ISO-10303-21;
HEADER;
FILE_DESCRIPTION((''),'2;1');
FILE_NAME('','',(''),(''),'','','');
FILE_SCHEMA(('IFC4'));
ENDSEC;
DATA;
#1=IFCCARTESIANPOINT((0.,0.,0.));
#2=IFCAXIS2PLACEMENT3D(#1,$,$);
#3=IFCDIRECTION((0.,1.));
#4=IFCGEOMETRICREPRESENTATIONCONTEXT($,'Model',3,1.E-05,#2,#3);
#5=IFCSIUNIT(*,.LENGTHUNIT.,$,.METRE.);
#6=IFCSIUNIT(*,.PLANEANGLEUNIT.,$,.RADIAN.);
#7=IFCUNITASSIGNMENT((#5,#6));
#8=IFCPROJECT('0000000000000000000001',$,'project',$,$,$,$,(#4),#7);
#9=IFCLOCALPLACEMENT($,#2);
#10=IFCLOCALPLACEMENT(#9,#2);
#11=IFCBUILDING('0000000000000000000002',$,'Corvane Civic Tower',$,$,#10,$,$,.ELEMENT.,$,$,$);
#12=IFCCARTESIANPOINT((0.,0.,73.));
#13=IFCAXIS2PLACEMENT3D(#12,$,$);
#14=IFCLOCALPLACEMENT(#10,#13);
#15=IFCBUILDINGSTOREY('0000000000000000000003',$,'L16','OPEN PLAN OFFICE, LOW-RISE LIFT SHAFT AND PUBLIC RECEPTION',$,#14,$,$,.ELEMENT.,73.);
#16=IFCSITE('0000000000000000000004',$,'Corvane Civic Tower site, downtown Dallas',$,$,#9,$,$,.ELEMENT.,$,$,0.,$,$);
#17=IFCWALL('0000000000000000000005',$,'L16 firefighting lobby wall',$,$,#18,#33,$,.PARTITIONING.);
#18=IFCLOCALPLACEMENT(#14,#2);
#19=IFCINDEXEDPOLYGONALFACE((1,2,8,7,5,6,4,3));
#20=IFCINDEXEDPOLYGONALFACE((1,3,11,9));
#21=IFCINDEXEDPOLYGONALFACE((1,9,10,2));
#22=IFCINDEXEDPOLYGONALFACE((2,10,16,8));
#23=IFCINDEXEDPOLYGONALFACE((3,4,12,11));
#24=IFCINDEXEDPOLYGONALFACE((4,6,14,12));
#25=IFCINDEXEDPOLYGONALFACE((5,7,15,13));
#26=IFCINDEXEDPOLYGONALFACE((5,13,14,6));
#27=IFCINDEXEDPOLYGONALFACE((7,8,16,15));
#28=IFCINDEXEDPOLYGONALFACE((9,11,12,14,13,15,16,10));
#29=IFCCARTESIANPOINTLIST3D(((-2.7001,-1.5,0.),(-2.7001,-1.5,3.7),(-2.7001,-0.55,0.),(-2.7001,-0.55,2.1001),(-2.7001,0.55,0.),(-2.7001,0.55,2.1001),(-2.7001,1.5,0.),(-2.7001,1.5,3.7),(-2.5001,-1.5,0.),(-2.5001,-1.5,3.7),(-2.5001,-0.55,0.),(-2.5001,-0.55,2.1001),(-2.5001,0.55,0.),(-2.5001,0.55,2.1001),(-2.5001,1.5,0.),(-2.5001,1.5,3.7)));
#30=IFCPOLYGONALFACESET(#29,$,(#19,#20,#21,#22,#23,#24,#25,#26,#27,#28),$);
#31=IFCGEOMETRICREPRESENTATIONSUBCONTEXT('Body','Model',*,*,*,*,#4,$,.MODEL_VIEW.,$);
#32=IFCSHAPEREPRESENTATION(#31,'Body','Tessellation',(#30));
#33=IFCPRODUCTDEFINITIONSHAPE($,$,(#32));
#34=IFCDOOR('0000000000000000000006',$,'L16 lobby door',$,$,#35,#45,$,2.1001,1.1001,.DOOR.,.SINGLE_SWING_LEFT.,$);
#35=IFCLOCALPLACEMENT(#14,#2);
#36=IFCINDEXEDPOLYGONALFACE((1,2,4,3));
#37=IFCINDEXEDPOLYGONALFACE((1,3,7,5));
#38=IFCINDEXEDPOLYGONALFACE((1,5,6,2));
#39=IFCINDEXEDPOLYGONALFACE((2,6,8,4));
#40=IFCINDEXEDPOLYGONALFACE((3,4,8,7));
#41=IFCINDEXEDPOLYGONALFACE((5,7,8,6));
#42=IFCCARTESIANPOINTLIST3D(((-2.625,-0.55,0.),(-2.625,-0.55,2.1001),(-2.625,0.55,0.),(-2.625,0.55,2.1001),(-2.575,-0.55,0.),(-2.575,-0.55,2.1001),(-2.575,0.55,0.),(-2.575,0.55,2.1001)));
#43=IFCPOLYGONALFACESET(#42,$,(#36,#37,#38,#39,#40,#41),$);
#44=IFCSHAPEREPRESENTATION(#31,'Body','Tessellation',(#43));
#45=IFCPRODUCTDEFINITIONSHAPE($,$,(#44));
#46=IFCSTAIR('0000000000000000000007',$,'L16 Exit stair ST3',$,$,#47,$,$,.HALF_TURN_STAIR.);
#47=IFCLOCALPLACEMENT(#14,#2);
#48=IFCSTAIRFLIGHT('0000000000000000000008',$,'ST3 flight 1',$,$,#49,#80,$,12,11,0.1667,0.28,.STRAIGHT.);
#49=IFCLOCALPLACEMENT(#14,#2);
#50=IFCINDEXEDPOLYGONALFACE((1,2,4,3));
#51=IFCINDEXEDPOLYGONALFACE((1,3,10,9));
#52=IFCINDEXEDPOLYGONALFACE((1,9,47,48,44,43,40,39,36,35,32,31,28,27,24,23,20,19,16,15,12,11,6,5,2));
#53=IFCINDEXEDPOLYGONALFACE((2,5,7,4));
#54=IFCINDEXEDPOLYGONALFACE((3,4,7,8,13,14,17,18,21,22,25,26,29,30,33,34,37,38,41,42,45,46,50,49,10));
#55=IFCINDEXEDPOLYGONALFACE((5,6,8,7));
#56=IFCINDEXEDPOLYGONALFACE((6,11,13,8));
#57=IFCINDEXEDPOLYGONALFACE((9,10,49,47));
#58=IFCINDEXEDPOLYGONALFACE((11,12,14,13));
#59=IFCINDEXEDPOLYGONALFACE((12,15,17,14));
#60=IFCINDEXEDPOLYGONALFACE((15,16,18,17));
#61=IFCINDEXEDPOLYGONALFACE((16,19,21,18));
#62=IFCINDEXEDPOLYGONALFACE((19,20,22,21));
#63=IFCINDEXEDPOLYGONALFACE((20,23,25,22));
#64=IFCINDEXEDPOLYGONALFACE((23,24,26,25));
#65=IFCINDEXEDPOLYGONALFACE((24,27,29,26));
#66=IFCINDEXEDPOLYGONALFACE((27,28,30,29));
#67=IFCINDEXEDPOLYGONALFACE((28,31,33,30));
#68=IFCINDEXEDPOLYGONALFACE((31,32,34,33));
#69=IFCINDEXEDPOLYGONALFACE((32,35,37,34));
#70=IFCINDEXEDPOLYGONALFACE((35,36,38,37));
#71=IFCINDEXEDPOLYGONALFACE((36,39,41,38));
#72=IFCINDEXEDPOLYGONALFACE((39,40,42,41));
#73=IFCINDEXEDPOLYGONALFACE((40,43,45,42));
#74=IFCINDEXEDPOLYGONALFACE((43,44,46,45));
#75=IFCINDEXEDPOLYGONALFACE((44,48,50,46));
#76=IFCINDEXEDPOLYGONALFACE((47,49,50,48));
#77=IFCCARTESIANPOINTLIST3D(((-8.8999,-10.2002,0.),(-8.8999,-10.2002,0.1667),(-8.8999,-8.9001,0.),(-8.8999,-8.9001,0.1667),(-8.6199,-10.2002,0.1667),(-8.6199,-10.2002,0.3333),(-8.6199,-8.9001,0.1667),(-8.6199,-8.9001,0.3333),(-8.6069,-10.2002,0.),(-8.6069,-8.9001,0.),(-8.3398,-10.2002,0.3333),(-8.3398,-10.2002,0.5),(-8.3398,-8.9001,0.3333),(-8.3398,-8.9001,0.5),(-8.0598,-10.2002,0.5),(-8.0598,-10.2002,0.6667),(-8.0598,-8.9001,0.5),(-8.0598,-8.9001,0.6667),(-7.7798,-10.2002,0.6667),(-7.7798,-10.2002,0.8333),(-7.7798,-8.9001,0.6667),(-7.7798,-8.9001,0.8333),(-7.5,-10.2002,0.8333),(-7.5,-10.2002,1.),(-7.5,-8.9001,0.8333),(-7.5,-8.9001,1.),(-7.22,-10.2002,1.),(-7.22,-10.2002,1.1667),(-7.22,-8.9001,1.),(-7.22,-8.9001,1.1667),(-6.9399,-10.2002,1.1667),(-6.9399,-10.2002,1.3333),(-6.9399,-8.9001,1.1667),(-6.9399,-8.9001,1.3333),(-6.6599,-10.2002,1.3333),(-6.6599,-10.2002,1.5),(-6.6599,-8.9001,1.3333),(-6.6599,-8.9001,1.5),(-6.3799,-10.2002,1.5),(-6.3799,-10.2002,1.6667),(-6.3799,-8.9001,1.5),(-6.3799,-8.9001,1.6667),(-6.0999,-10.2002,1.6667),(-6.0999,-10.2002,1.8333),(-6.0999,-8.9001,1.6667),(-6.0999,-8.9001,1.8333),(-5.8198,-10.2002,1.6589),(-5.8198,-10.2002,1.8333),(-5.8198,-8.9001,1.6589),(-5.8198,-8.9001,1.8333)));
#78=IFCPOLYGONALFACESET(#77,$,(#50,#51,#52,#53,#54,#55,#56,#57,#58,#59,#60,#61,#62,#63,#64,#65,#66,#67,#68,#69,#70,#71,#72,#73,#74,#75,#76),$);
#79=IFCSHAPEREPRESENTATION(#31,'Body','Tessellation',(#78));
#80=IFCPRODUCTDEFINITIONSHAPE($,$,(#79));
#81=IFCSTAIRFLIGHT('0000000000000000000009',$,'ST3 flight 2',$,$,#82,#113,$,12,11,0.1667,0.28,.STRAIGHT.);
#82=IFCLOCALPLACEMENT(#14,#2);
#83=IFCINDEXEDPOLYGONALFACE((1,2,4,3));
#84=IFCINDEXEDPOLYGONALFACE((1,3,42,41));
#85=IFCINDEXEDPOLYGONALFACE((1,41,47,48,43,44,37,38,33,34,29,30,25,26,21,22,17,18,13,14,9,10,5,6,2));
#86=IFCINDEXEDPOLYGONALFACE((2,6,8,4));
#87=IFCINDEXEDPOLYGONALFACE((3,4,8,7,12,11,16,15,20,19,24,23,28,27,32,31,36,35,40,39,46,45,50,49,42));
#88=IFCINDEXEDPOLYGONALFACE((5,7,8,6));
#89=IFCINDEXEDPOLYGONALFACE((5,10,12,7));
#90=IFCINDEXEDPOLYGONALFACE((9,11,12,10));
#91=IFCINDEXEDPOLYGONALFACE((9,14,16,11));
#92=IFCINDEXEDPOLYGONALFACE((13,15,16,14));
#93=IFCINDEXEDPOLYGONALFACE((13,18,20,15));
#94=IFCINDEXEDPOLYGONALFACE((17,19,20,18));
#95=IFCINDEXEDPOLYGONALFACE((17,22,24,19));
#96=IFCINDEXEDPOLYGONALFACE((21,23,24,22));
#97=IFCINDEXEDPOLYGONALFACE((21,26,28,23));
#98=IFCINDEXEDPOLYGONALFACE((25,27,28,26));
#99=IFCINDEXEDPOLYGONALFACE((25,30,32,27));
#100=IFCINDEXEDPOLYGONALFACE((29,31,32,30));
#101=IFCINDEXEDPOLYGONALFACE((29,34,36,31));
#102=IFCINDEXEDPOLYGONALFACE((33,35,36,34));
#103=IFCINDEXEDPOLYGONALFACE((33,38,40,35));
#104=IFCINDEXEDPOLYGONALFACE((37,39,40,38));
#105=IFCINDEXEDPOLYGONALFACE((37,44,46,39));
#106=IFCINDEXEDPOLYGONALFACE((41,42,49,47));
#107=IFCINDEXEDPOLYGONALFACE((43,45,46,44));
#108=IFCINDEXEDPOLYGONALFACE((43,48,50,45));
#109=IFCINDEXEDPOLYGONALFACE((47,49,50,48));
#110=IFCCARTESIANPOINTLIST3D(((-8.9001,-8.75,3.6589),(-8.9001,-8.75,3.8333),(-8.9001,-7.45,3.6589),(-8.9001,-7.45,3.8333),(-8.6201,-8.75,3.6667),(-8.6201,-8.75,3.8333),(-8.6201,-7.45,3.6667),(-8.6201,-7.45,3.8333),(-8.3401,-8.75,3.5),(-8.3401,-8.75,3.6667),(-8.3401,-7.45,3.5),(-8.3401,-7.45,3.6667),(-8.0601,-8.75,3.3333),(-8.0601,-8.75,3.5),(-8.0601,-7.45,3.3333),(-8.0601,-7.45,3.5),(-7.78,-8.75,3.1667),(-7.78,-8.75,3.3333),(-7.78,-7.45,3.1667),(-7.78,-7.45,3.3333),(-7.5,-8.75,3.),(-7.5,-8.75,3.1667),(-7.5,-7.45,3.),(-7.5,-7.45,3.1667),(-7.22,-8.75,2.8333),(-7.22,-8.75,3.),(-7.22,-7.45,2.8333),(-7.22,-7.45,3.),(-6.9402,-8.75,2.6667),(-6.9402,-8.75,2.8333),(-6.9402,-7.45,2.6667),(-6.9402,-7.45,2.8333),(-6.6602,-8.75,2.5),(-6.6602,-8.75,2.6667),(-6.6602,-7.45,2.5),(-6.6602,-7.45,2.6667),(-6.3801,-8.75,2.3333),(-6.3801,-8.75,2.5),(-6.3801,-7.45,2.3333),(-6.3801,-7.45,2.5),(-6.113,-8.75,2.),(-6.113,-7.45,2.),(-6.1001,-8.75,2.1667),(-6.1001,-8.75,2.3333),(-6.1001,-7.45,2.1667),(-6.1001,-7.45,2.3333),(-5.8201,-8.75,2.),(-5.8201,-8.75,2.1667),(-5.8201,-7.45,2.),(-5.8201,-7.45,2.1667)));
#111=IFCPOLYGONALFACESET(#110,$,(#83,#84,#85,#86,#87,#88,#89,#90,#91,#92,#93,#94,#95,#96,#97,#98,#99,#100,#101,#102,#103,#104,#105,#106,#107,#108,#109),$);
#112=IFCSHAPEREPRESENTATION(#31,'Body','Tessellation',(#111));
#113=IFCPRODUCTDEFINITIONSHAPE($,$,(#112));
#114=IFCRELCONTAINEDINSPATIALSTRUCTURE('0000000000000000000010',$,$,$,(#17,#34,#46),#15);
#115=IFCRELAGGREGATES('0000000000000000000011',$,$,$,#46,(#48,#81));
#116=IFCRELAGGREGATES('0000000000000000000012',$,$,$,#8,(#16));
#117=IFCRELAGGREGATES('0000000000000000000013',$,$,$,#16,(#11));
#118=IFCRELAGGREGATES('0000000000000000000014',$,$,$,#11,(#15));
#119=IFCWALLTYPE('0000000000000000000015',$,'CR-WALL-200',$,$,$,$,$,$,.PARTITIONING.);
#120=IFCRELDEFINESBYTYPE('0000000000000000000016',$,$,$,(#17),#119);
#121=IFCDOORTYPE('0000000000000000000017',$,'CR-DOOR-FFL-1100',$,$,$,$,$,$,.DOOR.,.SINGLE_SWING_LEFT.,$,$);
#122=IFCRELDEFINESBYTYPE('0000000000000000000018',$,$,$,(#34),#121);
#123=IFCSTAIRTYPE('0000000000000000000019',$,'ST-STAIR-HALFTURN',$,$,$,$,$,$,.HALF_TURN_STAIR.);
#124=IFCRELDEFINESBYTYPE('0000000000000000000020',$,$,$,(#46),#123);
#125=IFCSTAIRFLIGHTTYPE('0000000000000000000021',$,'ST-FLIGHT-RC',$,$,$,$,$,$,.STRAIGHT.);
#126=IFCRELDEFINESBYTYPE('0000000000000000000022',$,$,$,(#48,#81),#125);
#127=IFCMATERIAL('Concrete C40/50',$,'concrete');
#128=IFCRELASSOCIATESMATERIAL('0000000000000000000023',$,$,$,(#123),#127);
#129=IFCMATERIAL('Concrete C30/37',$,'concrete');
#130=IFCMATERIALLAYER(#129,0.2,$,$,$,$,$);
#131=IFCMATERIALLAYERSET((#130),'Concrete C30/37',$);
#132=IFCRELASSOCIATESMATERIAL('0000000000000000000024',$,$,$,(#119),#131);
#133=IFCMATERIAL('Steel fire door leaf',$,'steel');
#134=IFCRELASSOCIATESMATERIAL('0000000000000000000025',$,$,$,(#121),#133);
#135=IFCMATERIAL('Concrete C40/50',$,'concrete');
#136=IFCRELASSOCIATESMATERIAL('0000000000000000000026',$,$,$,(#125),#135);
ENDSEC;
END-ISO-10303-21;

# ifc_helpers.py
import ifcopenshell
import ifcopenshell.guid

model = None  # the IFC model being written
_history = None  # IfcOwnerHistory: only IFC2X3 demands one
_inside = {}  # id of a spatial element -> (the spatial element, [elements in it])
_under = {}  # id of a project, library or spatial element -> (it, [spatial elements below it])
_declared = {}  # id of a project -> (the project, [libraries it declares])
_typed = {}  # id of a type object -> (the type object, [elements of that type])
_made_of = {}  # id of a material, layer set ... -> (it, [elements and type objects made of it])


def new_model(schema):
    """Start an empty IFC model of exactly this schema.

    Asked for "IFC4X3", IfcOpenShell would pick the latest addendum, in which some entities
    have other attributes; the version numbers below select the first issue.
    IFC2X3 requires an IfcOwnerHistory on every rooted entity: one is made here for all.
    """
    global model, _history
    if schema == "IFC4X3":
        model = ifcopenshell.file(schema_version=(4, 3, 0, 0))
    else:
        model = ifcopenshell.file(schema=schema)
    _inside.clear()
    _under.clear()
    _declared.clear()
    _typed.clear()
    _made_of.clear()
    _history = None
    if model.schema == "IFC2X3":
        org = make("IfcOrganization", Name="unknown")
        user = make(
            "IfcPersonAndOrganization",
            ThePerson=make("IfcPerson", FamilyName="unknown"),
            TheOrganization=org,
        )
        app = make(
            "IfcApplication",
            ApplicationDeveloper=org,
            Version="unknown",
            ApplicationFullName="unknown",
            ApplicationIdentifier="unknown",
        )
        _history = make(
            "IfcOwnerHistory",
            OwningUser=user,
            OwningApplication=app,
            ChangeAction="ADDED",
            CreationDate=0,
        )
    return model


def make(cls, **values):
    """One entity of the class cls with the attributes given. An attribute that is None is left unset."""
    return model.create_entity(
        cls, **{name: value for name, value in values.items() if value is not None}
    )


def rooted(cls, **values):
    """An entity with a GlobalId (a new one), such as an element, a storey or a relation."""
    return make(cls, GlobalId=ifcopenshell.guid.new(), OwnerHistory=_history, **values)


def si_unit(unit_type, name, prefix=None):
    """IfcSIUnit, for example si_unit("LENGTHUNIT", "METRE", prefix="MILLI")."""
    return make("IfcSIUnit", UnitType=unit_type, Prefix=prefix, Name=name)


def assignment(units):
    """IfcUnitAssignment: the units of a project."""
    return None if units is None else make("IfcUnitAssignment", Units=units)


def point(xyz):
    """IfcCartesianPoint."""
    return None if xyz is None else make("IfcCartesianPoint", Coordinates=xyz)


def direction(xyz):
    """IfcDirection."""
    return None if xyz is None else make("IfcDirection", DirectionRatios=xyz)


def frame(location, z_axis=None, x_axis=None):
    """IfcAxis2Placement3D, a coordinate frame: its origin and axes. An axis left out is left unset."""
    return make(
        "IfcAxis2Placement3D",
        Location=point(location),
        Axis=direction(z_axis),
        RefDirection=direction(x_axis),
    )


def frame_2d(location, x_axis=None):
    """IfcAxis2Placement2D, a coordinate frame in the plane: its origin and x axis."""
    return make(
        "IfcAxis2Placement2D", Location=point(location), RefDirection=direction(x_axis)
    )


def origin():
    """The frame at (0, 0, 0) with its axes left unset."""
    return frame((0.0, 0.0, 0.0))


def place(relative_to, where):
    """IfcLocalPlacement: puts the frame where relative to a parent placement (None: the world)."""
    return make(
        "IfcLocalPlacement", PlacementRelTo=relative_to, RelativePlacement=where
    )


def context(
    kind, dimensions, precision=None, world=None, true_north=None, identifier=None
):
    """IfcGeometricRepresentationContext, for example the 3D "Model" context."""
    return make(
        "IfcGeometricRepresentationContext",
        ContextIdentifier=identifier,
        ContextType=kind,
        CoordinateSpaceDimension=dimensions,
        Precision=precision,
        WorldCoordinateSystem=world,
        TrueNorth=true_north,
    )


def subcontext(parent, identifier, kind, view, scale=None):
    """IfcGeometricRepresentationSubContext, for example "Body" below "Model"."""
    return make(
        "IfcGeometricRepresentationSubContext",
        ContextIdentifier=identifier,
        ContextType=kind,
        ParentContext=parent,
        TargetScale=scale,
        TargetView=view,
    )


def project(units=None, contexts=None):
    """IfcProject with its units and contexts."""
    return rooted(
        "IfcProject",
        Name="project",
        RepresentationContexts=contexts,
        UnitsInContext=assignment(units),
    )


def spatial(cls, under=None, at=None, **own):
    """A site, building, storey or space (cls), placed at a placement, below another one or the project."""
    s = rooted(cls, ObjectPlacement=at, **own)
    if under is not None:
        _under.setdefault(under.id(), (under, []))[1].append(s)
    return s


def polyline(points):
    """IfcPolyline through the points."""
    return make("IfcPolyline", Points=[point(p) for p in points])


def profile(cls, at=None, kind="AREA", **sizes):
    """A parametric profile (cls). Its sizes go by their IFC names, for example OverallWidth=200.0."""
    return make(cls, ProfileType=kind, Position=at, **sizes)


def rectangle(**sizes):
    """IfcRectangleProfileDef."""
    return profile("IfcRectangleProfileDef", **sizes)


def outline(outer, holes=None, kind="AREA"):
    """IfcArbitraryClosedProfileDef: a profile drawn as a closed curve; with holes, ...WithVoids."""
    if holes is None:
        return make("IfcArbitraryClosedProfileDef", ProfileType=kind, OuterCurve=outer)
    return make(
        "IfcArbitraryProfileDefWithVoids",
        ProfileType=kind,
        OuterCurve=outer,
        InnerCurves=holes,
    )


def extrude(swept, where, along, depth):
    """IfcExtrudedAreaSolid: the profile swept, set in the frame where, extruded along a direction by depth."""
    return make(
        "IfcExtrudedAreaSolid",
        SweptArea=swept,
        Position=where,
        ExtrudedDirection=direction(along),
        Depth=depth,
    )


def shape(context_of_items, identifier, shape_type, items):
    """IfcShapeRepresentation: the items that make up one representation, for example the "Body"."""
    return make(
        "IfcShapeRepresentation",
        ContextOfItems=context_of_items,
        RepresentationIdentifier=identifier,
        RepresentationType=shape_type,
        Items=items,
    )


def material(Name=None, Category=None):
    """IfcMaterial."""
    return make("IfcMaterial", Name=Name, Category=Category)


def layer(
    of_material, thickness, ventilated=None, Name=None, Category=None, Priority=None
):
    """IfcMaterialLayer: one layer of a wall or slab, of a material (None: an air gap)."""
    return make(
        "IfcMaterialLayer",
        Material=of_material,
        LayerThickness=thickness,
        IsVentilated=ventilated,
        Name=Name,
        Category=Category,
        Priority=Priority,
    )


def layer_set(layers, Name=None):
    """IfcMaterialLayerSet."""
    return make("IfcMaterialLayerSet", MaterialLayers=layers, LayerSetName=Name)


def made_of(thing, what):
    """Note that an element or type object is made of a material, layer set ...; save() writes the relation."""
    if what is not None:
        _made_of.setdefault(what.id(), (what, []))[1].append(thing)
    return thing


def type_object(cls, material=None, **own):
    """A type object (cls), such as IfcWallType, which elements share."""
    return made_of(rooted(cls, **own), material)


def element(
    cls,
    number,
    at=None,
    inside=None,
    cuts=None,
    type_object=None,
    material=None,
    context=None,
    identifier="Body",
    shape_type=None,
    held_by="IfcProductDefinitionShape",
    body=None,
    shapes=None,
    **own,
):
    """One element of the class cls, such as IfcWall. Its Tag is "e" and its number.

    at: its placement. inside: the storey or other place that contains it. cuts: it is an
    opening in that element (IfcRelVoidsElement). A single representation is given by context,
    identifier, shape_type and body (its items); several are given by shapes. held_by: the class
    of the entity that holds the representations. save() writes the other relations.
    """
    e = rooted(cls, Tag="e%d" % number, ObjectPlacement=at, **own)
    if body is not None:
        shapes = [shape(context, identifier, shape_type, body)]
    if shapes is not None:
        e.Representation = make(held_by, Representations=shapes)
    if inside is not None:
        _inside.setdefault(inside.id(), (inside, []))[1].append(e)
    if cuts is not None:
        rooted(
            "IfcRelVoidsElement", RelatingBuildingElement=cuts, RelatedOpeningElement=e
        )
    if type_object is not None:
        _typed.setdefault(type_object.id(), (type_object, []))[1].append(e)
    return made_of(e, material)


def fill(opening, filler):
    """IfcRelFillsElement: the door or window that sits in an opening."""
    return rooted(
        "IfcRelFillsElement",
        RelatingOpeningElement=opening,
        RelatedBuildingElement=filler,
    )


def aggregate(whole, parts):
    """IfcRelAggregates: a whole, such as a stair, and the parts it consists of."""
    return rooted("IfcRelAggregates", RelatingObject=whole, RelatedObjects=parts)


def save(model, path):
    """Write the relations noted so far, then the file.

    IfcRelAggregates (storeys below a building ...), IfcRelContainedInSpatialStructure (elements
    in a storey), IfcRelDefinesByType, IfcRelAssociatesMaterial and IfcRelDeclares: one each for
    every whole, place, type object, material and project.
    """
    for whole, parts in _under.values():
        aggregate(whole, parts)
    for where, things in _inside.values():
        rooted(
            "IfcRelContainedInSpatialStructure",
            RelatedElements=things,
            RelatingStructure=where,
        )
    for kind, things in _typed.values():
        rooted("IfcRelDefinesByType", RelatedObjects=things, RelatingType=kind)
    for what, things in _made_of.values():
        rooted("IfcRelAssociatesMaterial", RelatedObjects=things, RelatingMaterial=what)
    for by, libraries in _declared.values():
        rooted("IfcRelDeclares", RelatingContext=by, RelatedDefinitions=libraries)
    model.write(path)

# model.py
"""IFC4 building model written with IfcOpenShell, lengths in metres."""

from ifc_helpers import new_model, si_unit, direction, frame, frame_2d, origin, place, context, subcontext, project, spatial, polyline, rectangle, outline, extrude, material, layer, layer_set, type_object, element, fill, aggregate, save


model = new_model("IFC4")

# Units and contexts
model_context = context("Model", 3, precision=1e-05, world=origin(), true_north=direction((0.0, 1.0)))
body_context = subcontext(model_context, "Body", "Model", "MODEL_VIEW")
ifc_project = project(units=[si_unit("LENGTHUNIT", "METRE"), si_unit("PLANEANGLEUNIT", "RADIAN")], contexts=[model_context])

# Site, building, storey
site_placement = place(None, origin())
site = spatial("IfcSite", under=ifc_project, at=site_placement, Name="Corvane Civic Tower site, downtown Dallas", CompositionType="ELEMENT", RefElevation=0.0)
building_placement = place(site_placement, origin())
building = spatial("IfcBuilding", under=site, at=building_placement, Name="Corvane Civic Tower", CompositionType="ELEMENT")
storey_placement = place(building_placement, frame((0.0, 0.0, 73.0)))
storey = spatial("IfcBuildingStorey", under=building, at=storey_placement, Name="L16", Description="OPEN PLAN OFFICE, LOW-RISE LIFT SHAFT AND PUBLIC RECEPTION", CompositionType="ELEMENT", Elevation=73.0)

# Shared definitions
ifc_material_1 = material(Name="Concrete C40/50", Category="concrete")
stair_type = type_object("IfcStairType", Name="ST-STAIR-HALFTURN", PredefinedType="HALF_TURN_STAIR", material=ifc_material_1)

# Shared definitions
ifc_material_2 = material(Name="Concrete C30/37", Category="concrete")
ifc_layer_1 = layer(ifc_material_2, 0.2)
ifc_layer_set_1 = layer_set([ifc_layer_1], Name="Concrete C30/37")
wall_type = type_object("IfcWallType", Name="CR-WALL-200", PredefinedType="PARTITIONING", material=ifc_layer_set_1)

# Wall, opening, door
wall_1_placement = place(storey_placement, frame((-2.6001, -1.5, 0.0), z_axis=(0.0, 0.0, 1.0), x_axis=(0.0, 1.0, 0.0)))
wall_1 = element("IfcWall", 1, at=wall_1_placement, inside=storey, type_object=wall_type, Name="L16 firefighting lobby wall", PredefinedType="PARTITIONING", context=body_context, shape_type="SweptSolid", body=[
    extrude(rectangle(XDim=3.0, YDim=0.2, at=frame_2d((1.5, 0.0))), origin(), (0.0, 0.0, 1.0), 3.7),
])
opening_1_placement = place(wall_1_placement, frame((0.95, 0.0, 0.0)))
opening_1 = element("IfcOpeningElement", 2, at=opening_1_placement, cuts=wall_1, PredefinedType="OPENING", context=body_context, shape_type="SweptSolid", body=[
    extrude(rectangle(XDim=1.1001, YDim=2.1001, at=frame_2d((0.55, 1.05))), frame((0.0, 0.1099, 0.0), z_axis=(0.0, -1.0, 0.0), x_axis=(1.0, 0.0, 0.0)), (0.0, 0.0, 1.0), 0.22),
])
ifc_material_3 = material(Name="Steel fire door leaf", Category="steel")
door_type_1 = type_object("IfcDoorType", Name="CR-DOOR-FFL-1100", OperationType="SINGLE_SWING_LEFT", PredefinedType="DOOR", material=ifc_material_3)
door_1_placement = place(opening_1_placement, origin())
door_1 = element("IfcDoor", 3, at=door_1_placement, inside=storey, type_object=door_type_1, Name="L16 lobby door", OperationType="SINGLE_SWING_LEFT", OverallHeight=2.1001, OverallWidth=1.1001, PredefinedType="DOOR", context=body_context, shape_type="SweptSolid", body=[
    extrude(rectangle(XDim=1.1001, YDim=2.1001, at=frame_2d((0.55, 1.05))), frame((0.0, 0.0249, 0.0), z_axis=(0.0, -1.0, 0.0), x_axis=(1.0, 0.0, 0.0)), (0.0, 0.0, 1.0), 0.05),
])
fill(opening_1, door_1)

# Stair, stair flights
stair_1_placement = place(storey_placement, origin())
stair_1 = element("IfcStair", 4, at=stair_1_placement, inside=storey, type_object=stair_type, Name="L16 Exit stair ST3", PredefinedType="HALF_TURN_STAIR")
ifc_material_4 = material(Name="Concrete C40/50", Category="concrete")
stair_flight_type = type_object("IfcStairFlightType", Name="ST-FLIGHT-RC", PredefinedType="STRAIGHT", material=ifc_material_4)
stair_flight_1_placement = place(storey_placement, frame((-8.8999, -9.55, 0.0), z_axis=(0.0, 0.0, 1.0), x_axis=(1.0, 0.0, 0.0)))
stair_flight_1 = element("IfcStairFlight", 5, at=stair_flight_1_placement, type_object=stair_flight_type, Name="ST3 flight 1", NumberOfRisers=12, NumberOfTreads=11, PredefinedType="STRAIGHT", RiserHeight=0.1667, TreadLength=0.28, context=body_context, shape_type="SweptSolid", body=[
    extrude(outline(polyline([(0.0, 0.0), (0.0, 0.1667), (0.28, 0.1667), (0.28, 0.3333), (0.5601, 0.3333), (0.5601, 0.5), (0.8401, 0.5), (0.8401, 0.6667), (1.1201, 0.6667), (1.1201, 0.8333), (1.3999, 0.8333), (1.3999, 1.0), (1.6799, 1.0), (1.6799, 1.1667), (1.96, 1.1667), (1.96, 1.3333), (2.24, 1.3333), (2.24, 1.5), (2.52, 1.5), (2.52, 1.6667), (2.8, 1.6667), (2.8, 1.8333), (3.0801, 1.8333), (3.0801, 2.0), (3.0801, 1.6589), (0.293, 0.0), (0.0, 0.0)])), frame((0.0, 0.6499, 0.0), z_axis=(0.0, -1.0, 0.0), x_axis=(1.0, 0.0, 0.0)), (0.0, 0.0, 1.0), 1.3),
])
stair_flight_2_placement = place(storey_placement, frame((-5.8201, -8.1001, 2.0), z_axis=(0.0, 0.0, 1.0), x_axis=(-1.0, 0.0, 0.0)))
stair_flight_2 = element("IfcStairFlight", 6, at=stair_flight_2_placement, type_object=stair_flight_type, Name="ST3 flight 2", NumberOfRisers=12, NumberOfTreads=11, PredefinedType="STRAIGHT", RiserHeight=0.1667, TreadLength=0.28, context=body_context, shape_type="SweptSolid", body=[
    extrude(outline(polyline([(0.0, 0.0), (0.0, 0.1667), (0.28, 0.1667), (0.28, 0.3333), (0.5601, 0.3333), (0.5601, 0.5), (0.8401, 0.5), (0.8401, 0.6667), (1.1201, 0.6667), (1.1201, 0.8333), (1.3999, 0.8333), (1.3999, 1.0), (1.6799, 1.0), (1.6799, 1.1667), (1.96, 1.1667), (1.96, 1.3333), (2.24, 1.3333), (2.24, 1.5), (2.52, 1.5), (2.52, 1.6667), (2.8, 1.6667), (2.8, 1.8333), (3.0801, 1.8333), (3.0801, 2.0), (3.0801, 1.6589), (0.293, 0.0), (0.0, 0.0)])), frame((0.0, 0.6499, 0.0), z_axis=(0.0, -1.0, 0.0), x_axis=(1.0, 0.0, 0.0)), (0.0, 0.0, 1.0), 1.3),
])
aggregate(stair_1, [stair_flight_1, stair_flight_2])

save(model, "model.ifc")
